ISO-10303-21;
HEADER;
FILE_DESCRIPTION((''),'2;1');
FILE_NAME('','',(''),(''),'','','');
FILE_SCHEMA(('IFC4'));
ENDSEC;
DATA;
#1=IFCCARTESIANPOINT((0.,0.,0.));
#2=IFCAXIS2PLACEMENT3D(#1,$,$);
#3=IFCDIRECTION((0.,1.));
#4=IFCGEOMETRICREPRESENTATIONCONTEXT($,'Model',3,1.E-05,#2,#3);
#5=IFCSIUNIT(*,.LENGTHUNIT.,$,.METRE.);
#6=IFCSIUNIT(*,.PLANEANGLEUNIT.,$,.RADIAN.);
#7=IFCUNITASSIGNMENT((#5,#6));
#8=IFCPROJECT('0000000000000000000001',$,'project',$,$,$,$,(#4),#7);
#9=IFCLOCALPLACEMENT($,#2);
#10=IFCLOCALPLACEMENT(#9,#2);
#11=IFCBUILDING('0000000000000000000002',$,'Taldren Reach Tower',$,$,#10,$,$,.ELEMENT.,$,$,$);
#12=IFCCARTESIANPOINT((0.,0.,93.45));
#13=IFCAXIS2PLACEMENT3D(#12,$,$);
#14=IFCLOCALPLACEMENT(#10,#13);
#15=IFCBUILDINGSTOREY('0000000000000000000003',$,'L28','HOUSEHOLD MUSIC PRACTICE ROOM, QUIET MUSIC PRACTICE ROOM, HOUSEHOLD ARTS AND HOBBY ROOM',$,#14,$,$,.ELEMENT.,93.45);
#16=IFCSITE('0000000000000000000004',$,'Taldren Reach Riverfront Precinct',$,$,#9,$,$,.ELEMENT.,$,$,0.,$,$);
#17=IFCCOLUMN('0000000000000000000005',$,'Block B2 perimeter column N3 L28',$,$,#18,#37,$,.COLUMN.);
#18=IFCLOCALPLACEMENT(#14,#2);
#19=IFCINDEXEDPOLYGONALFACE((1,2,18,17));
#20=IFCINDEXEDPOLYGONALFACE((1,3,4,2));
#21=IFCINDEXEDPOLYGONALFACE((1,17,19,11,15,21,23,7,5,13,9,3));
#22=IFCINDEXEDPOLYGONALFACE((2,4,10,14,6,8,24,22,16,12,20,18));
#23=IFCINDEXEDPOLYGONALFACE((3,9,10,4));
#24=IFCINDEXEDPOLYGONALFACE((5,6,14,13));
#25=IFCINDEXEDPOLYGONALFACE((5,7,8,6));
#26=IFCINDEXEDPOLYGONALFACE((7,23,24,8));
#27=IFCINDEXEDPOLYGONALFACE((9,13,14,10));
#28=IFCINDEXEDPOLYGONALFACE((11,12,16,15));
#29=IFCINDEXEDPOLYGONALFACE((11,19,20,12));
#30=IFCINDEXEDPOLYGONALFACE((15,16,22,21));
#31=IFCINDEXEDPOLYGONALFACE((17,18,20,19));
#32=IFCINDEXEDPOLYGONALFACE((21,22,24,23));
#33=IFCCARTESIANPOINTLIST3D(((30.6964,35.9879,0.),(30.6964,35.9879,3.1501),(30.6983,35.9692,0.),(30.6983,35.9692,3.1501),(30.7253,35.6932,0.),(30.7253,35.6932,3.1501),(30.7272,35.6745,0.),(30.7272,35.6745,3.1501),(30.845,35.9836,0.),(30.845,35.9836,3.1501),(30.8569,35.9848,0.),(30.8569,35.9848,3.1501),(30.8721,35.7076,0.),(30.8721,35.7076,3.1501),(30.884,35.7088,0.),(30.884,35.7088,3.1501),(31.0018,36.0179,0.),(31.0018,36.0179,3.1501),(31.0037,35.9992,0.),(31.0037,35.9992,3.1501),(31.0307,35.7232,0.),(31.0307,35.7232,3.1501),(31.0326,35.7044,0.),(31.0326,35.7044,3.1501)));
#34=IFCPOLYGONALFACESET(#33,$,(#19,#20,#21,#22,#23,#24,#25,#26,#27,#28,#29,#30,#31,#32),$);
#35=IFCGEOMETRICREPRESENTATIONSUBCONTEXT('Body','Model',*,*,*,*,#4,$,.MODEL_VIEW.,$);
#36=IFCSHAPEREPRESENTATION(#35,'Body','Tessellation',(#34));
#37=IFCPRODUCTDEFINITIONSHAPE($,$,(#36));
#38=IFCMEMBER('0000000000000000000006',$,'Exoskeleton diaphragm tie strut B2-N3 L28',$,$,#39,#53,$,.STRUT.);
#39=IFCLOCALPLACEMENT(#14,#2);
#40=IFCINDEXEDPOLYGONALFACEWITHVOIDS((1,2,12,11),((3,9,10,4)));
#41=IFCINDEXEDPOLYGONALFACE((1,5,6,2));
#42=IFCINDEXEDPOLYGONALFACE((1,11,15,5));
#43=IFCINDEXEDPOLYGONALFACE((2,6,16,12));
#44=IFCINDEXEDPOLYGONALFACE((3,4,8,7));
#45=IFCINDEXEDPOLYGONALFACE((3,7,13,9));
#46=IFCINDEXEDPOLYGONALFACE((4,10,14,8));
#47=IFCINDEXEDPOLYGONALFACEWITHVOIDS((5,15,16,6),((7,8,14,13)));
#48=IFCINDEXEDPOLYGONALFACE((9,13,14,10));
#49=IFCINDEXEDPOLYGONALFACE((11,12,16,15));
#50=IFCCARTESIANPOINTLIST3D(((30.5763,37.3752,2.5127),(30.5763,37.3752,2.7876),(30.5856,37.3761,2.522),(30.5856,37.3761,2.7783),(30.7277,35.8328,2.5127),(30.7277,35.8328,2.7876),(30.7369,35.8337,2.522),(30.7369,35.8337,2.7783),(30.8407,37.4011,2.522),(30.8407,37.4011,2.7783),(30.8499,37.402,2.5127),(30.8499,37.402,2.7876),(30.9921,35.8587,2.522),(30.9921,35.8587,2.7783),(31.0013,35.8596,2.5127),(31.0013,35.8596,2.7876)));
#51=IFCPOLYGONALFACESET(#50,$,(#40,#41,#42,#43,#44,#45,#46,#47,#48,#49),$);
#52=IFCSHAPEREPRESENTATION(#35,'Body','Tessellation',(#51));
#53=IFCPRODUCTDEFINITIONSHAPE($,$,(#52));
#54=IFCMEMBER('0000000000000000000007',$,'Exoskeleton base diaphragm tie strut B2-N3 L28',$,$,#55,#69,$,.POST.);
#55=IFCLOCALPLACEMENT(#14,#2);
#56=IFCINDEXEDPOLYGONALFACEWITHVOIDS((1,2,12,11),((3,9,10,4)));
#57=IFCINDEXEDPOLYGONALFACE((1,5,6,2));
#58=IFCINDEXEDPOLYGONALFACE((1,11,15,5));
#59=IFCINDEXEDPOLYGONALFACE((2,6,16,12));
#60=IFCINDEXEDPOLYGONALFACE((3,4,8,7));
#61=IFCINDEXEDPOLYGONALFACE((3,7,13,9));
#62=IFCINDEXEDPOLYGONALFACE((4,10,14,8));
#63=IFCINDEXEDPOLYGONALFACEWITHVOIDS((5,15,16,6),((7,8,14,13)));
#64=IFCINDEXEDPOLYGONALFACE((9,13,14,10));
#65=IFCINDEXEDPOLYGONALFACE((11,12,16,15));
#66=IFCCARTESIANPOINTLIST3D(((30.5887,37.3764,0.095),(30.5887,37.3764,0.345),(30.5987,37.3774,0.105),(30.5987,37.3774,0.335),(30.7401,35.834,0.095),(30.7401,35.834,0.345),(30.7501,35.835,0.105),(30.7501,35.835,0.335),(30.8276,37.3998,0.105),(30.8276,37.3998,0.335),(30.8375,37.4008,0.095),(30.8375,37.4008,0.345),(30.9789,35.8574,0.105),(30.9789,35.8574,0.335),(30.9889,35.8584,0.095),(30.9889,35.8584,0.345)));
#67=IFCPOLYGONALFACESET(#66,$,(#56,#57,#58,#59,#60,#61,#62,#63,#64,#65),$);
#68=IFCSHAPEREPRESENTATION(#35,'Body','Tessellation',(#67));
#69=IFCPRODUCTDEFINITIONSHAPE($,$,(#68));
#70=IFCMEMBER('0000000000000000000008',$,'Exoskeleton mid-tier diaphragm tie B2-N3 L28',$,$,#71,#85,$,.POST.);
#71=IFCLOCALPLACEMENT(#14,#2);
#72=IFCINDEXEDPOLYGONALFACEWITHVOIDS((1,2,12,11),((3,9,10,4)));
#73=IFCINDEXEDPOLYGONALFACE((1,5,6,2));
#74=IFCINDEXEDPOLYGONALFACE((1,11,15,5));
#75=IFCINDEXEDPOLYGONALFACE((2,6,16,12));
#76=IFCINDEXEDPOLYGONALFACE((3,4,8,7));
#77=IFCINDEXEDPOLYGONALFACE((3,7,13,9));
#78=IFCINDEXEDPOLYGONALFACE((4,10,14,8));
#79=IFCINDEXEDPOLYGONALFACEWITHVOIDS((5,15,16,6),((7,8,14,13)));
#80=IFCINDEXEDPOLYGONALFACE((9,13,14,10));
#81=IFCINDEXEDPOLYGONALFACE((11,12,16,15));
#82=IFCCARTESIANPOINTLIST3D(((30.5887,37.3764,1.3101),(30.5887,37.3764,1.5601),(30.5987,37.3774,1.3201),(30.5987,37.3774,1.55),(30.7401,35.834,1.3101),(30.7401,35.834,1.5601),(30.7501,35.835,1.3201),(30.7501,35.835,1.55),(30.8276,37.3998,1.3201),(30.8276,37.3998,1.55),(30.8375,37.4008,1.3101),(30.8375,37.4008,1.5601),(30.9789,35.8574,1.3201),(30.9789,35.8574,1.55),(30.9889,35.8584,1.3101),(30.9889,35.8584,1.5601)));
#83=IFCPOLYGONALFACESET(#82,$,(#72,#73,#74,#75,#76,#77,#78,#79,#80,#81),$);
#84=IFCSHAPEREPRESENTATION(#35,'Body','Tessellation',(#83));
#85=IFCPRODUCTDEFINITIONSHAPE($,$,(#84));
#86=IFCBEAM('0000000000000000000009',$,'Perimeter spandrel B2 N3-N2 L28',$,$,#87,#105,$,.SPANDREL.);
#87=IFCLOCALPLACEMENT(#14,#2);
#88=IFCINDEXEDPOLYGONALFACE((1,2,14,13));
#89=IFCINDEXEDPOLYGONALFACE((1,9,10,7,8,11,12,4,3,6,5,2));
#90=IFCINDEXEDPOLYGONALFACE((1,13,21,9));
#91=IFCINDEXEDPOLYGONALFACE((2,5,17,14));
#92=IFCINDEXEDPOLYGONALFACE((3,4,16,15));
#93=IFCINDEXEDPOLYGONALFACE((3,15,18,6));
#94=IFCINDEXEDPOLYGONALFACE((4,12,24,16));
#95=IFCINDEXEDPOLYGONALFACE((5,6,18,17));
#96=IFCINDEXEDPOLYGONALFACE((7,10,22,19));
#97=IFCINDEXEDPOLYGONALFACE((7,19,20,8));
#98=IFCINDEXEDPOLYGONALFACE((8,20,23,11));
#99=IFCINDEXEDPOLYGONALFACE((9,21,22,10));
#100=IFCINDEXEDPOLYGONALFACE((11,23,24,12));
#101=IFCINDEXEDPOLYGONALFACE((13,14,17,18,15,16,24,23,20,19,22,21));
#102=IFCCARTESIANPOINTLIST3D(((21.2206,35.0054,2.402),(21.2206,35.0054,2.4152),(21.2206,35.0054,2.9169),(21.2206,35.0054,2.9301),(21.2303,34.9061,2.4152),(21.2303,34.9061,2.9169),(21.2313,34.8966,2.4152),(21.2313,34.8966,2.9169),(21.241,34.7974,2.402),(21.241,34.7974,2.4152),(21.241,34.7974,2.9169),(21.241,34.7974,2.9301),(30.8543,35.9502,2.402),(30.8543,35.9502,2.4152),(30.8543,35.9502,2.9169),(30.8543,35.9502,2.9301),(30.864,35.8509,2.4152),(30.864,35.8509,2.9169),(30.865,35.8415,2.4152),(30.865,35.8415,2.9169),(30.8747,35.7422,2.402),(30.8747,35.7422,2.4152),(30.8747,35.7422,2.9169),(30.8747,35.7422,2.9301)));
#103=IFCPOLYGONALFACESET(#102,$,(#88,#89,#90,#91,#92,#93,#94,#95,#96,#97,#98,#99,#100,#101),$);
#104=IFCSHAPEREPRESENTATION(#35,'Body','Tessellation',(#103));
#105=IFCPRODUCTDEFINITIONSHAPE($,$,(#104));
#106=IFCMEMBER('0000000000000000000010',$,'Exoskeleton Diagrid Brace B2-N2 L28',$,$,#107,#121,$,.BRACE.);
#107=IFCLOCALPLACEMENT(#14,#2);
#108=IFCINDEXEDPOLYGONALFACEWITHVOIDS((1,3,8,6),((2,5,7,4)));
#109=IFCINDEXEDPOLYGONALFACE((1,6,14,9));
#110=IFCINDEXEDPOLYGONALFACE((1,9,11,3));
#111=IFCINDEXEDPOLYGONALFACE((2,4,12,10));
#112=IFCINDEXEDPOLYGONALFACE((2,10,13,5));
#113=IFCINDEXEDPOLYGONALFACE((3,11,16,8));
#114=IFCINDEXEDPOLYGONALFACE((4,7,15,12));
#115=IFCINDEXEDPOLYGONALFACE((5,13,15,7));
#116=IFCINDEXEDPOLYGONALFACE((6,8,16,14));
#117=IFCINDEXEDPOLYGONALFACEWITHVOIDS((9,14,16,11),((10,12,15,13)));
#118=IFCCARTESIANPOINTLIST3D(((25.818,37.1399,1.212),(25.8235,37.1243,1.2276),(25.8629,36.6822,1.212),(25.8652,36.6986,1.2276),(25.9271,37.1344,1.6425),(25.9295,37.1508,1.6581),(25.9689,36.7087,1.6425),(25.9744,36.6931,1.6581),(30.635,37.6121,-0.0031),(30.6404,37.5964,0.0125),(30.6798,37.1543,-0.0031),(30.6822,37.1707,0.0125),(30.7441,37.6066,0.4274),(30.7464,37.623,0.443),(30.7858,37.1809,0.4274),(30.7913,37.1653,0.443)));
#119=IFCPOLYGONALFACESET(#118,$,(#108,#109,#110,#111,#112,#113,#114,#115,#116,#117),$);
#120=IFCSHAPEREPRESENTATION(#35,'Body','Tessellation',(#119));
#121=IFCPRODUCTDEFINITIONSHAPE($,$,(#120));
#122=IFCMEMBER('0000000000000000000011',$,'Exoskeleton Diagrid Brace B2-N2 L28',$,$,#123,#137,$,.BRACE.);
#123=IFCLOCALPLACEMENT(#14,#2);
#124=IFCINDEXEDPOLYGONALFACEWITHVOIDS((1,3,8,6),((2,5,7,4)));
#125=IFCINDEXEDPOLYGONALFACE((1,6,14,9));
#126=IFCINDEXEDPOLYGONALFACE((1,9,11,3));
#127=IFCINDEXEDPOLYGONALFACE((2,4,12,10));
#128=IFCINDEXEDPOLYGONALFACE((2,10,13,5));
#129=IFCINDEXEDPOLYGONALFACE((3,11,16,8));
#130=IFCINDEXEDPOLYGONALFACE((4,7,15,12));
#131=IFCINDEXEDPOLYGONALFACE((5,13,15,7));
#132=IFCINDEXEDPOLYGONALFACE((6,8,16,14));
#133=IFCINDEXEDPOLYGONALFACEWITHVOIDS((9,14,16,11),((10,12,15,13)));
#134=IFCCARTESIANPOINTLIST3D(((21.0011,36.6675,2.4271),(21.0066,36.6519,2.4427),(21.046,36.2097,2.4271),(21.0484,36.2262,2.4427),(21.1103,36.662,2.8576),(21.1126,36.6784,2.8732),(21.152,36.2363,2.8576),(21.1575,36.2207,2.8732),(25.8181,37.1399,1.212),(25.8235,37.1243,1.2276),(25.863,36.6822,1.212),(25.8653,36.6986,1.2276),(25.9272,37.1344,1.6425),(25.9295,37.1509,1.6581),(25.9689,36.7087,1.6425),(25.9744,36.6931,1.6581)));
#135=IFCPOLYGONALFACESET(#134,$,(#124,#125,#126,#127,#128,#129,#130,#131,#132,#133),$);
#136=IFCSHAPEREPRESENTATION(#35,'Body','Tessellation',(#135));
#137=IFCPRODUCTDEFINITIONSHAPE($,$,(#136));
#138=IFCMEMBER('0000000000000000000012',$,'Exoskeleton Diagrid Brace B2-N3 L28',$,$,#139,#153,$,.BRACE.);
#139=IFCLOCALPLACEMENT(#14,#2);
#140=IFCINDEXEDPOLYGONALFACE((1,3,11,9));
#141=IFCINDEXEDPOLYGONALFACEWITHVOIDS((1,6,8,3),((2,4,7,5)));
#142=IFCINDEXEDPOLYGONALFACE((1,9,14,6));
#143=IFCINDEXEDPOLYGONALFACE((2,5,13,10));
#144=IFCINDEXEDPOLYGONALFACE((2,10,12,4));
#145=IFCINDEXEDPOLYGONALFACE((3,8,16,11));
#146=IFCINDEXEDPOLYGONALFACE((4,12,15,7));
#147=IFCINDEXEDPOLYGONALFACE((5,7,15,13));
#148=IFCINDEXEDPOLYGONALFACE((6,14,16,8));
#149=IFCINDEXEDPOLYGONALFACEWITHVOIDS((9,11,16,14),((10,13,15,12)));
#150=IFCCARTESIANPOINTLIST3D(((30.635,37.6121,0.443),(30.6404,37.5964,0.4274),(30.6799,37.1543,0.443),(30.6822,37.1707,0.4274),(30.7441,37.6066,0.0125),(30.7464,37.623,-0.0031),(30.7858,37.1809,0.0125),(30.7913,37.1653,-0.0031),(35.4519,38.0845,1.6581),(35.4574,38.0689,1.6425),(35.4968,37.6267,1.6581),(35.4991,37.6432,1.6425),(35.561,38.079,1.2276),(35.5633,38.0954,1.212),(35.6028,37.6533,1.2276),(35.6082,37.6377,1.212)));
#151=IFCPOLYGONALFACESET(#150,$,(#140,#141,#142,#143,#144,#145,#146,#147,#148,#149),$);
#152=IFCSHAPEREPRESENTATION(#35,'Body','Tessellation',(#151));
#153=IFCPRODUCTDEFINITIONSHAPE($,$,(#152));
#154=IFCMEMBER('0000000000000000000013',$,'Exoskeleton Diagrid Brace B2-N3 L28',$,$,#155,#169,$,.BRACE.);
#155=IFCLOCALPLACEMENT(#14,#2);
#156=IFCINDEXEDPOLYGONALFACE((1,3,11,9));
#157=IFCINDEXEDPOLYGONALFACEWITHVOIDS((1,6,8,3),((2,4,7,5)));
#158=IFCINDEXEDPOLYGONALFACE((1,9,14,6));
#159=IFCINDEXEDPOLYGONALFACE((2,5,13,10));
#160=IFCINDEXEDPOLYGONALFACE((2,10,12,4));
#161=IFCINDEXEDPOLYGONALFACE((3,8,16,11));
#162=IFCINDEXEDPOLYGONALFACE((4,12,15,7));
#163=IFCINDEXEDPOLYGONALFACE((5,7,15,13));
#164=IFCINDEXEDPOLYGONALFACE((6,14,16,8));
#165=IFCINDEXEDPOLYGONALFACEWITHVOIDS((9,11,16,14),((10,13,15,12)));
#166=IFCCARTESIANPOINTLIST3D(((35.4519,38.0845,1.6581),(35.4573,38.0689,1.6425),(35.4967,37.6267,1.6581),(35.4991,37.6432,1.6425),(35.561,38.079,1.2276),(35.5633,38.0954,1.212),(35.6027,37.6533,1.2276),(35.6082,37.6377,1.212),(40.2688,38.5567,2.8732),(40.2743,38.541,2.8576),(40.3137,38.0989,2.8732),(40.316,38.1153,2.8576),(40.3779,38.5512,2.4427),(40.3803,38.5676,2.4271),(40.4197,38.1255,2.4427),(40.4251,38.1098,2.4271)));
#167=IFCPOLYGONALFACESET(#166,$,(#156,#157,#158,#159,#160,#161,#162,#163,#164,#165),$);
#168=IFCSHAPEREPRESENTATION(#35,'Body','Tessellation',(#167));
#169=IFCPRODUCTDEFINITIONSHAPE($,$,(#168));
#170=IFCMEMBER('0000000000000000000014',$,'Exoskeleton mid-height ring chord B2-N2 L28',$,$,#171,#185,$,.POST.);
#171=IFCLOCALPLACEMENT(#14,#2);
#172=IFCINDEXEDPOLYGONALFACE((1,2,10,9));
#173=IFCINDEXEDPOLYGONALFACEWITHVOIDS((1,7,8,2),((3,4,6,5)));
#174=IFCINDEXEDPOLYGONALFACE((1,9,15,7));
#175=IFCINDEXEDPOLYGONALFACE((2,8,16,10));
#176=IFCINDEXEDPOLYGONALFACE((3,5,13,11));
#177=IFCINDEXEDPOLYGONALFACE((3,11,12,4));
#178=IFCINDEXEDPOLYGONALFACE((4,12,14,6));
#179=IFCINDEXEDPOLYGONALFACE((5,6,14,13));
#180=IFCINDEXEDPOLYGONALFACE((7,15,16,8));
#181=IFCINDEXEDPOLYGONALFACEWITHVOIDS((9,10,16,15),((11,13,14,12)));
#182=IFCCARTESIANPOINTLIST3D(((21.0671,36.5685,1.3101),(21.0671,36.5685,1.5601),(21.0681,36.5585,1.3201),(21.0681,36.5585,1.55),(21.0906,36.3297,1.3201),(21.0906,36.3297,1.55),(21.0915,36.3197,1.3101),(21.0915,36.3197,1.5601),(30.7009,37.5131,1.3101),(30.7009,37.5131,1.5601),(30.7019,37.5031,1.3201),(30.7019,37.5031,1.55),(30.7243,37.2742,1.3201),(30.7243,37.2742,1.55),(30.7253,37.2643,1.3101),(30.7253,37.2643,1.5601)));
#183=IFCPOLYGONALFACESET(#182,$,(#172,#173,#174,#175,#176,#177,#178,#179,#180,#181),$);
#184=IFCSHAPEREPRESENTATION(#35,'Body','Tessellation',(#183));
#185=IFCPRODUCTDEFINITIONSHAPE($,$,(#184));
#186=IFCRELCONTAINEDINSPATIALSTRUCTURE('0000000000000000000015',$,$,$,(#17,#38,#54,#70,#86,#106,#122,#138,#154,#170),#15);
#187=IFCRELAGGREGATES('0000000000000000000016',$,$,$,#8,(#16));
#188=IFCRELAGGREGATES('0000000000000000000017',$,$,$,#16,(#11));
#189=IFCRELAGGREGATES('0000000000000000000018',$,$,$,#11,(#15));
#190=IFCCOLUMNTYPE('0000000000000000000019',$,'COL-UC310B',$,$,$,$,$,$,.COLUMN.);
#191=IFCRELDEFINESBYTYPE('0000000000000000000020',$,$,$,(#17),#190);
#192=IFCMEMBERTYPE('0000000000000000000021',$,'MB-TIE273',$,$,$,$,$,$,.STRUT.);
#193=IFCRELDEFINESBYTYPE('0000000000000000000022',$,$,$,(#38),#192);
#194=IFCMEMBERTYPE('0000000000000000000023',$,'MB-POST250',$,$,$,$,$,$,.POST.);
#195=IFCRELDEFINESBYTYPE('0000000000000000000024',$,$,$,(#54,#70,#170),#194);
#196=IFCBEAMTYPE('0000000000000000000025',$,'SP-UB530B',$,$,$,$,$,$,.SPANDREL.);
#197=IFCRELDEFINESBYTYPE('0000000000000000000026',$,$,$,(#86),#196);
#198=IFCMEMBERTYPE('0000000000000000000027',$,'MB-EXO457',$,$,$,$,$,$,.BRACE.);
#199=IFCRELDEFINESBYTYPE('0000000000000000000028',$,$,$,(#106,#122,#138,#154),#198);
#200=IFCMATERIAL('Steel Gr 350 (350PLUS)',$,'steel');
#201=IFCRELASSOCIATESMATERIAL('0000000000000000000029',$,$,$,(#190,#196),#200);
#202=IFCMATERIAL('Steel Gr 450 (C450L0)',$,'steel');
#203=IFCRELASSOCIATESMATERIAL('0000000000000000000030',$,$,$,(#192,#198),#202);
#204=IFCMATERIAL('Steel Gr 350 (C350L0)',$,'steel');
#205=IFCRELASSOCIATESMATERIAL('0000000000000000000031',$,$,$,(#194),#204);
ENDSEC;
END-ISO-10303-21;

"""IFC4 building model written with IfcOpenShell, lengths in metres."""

from ifc_helpers import new_model, si_unit, direction, frame, origin, origin_2d, place, context, subcontext, project, spatial, hollow_rectangle, i_section, extrude, source, transform, mapped, material, material_profile, profile_set, type_object, element, save


model = new_model("IFC4")

# Units and contexts
model_context = context("Model", 3, precision=1e-05, world=origin(), true_north=direction((0.0, 1.0)))
body_context = subcontext(model_context, "Body", "Model", "MODEL_VIEW")
ifc_project = project(units=[si_unit("LENGTHUNIT", "METRE"), si_unit("PLANEANGLEUNIT", "RADIAN")], contexts=[model_context])

# Site, building, storey
site_placement = place(None, origin())
site = spatial("IfcSite", under=ifc_project, at=site_placement, Name="Taldren Reach Riverfront Precinct", CompositionType="ELEMENT", RefElevation=0.0)
building_placement = place(site_placement, origin())
building = spatial("IfcBuilding", under=site, at=building_placement, Name="Taldren Reach Tower", CompositionType="ELEMENT")
storey_placement = place(building_placement, frame((0.0, 0.0, 93.45)))
storey = spatial("IfcBuildingStorey", under=building, at=storey_placement, Name="L28", Description="HOUSEHOLD MUSIC PRACTICE ROOM, QUIET MUSIC PRACTICE ROOM, HOUSEHOLD ARTS AND HOBBY ROOM", CompositionType="ELEMENT", Elevation=93.45)

# Column
ifc_material_1 = material(Name="Steel Gr 350 (350PLUS)", Category="steel")
ifc_material_profile_1 = material_profile(ifc_material_1, i_section(OverallWidth=0.3069, OverallDepth=0.3149, WebThickness=0.012, FlangeThickness=0.0188, at=origin_2d()), Name="310UC118")
ifc_profile_set_1 = profile_set([ifc_material_profile_1], Name="Steel Gr 350 (350PLUS)")
column_type = type_object("IfcColumnType", Name="COL-UC310B", PredefinedType="COLUMN", material=ifc_profile_set_1)
shared_shape_1 = source(origin(), body_context, "Body", "SweptSolid", [
    extrude(i_section(OverallWidth=0.3069, OverallDepth=0.3149, WebThickness=0.012, FlangeThickness=0.0188, at=origin_2d()), origin(), (0.0, 0.0, 1.0), 3.1501),
])
column_placement = place(storey_placement, frame((30.8645, 35.8462, 0.0), z_axis=(0.0, 0.0, 1.0), x_axis=(0.995227, 0.097583, 0.0)))
element("IfcColumn", 1, at=column_placement, inside=storey, type_object=column_type, Name="Block B2 perimeter column N3 L28", PredefinedType="COLUMN", context=body_context, shape_type="MappedRepresentation", body=[
    mapped(shared_shape_1, transform((0.0, 0.0, 0.0), scale=1.0)),
])

# Members
ifc_material_2 = material(Name="Steel Gr 450 (C450L0)", Category="steel")
ifc_material_profile_2 = material_profile(ifc_material_2, hollow_rectangle(XDim=0.2749, YDim=0.2749, WallThickness=0.0093, at=origin_2d()), Name="275x275x9.3SHS")
ifc_profile_set_2 = profile_set([ifc_material_profile_2], Name="Steel Gr 450 (C450L0)")
member_type_1 = type_object("IfcMemberType", Name="MB-TIE273", PredefinedType="STRUT", material=ifc_profile_set_2)
shared_shape_2 = source(origin(), body_context, "Body", "SweptSolid", [
    extrude(hollow_rectangle(XDim=0.2749, YDim=0.2749, WallThickness=0.0093, at=origin_2d()), origin(), (0.0, 0.0, 1.0), 1.5498),
])
member_1_placement = place(storey_placement, frame((30.8645, 35.8462, 2.6501), z_axis=(-0.097663, 0.99522, 0.0), x_axis=(-0.99522, -0.097663, 0.0)))
element("IfcMember", 2, at=member_1_placement, inside=storey, type_object=member_type_1, Name="Exoskeleton diaphragm tie strut B2-N3 L28", PredefinedType="STRUT", context=body_context, shape_type="MappedRepresentation", body=[
    mapped(shared_shape_2, transform((0.0, 0.0, 0.0), scale=1.0)),
])
ifc_material_3 = material(Name="Steel Gr 350 (C350L0)", Category="steel")
ifc_material_profile_3 = material_profile(ifc_material_3, hollow_rectangle(XDim=0.25, YDim=0.25, WallThickness=0.01, at=origin_2d()), Name="250x250x10.0SHS")
ifc_profile_set_3 = profile_set([ifc_material_profile_3], Name="Steel Gr 350 (C350L0)")
member_type_2 = type_object("IfcMemberType", Name="MB-POST250", PredefinedType="POST", material=ifc_profile_set_3)
shared_shape_3 = source(origin(), body_context, "Body", "SweptSolid", [
    extrude(hollow_rectangle(XDim=0.25, YDim=0.25, WallThickness=0.01, at=origin_2d()), origin(), (0.0, 0.0, 1.0), 1.5498),
])
for number, where, z_axis, x_axis, name in (
    (3, (30.8645, 35.8462, 0.22), (-0.097663, 0.99522, 0.0), (-0.99522, -0.097663, 0.0), "Exoskeleton base diaphragm tie strut B2-N3 L28"),
    (4, (30.8645, 35.8462, 1.4351), (-0.097663, 0.99522, 0.0), (-0.99522, -0.097663, 0.0), "Exoskeleton mid-tier diaphragm tie B2-N3 L28"),
):
    element("IfcMember", number, at=place(storey_placement, frame(where, z_axis=z_axis, x_axis=x_axis)), inside=storey, type_object=member_type_2, Name=name, PredefinedType="POST", context=body_context, shape_type="MappedRepresentation", body=[
        mapped(shared_shape_3, transform((0.0, 0.0, 0.0), scale=1.0)),
    ])

# Beam
ifc_material_profile_4 = material_profile(ifc_material_1, i_section(OverallWidth=0.209, OverallDepth=0.5281, WebThickness=0.0095, FlangeThickness=0.0132, at=origin_2d()), Name="530UB82.0")
ifc_profile_set_4 = profile_set([ifc_material_profile_4], Name="Steel Gr 350 (350PLUS)")
beam_type = type_object("IfcBeamType", Name="SP-UB530B", PredefinedType="SPANDREL", material=ifc_profile_set_4)
shared_shape_4 = source(origin(), body_context, "Body", "SweptSolid", [
    extrude(i_section(OverallWidth=0.209, OverallDepth=0.5281, WebThickness=0.0095, FlangeThickness=0.0132, at=origin_2d()), origin(), (0.0, 0.0, 1.0), 9.6799),
])
beam_placement = place(storey_placement, frame((30.8645, 35.8462, 2.666), z_axis=(-0.995225, -0.097606, 0.0), x_axis=(0.097606, -0.995225, 0.0)))
element("IfcBeam", 5, at=beam_placement, inside=storey, type_object=beam_type, Name="Perimeter spandrel B2 N3-N2 L28", PredefinedType="SPANDREL", context=body_context, shape_type="MappedRepresentation", body=[
    mapped(shared_shape_4, transform((0.0, 0.0, 0.0), scale=1.0)),
])

# Members
ifc_material_profile_5 = material_profile(ifc_material_2, hollow_rectangle(XDim=0.46, YDim=0.46, WallThickness=0.0161, at=origin_2d()), Name="460x460x16.0SHS")
ifc_profile_set_5 = profile_set([ifc_material_profile_5], Name="Steel Gr 450 (C450L0)")
member_type_3 = type_object("IfcMemberType", Name="MB-EXO457", PredefinedType="BRACE", material=ifc_profile_set_5)
shared_shape_5 = source(origin(), body_context, "Body", "SweptSolid", [
    extrude(hollow_rectangle(XDim=0.46, YDim=0.46, WallThickness=0.0161, at=origin_2d()), origin(), (0.0, 0.0, 1.0), 4.9902),
])
for number, where, z_axis, x_axis, name in (
    (6, (30.7131, 37.3887, 0.22), (-0.965276, -0.09462, 0.243496), (0.097556, -0.99523, 0.0), "Exoskeleton Diagrid Brace B2-N2 L28"),
    (7, (25.8962, 36.9165, 1.4351), (-0.965271, -0.094668, 0.243495), (0.097606, -0.995225, 0.0), "Exoskeleton Diagrid Brace B2-N2 L28"),
    (8, (30.7131, 37.3887, 0.22), (0.965271, 0.094668, 0.243495), (-0.097606, 0.995225, 0.0), "Exoskeleton Diagrid Brace B2-N3 L28"),
    (9, (35.53, 37.8611, 1.4351), (0.965276, 0.09462, 0.243496), (-0.097556, 0.99523, 0.0), "Exoskeleton Diagrid Brace B2-N3 L28"),
):
    element("IfcMember", number, at=place(storey_placement, frame(where, z_axis=z_axis, x_axis=x_axis)), inside=storey, type_object=member_type_3, Name=name, PredefinedType="BRACE", context=body_context, shape_type="MappedRepresentation", body=[
        mapped(shared_shape_5, transform((0.0, 0.0, 0.0), scale=1.0)),
    ])
shared_shape_6 = source(origin(), body_context, "Body", "SweptSolid", [
    extrude(hollow_rectangle(XDim=0.25, YDim=0.25, WallThickness=0.01, at=origin_2d()), origin(), (0.0, 0.0, 1.0), 9.6799),
])
for number, where, z_axis, x_axis, name in (
    (10, (21.0793, 36.4441, 1.4351), (0.995228, 0.097581, 0.0), (-0.097581, 0.995228, 0.0), "Exoskeleton mid-height ring chord B2-N2 L28"),
):
    element("IfcMember", number, at=place(storey_placement, frame(where, z_axis=z_axis, x_axis=x_axis)), inside=storey, type_object=member_type_2, Name=name, PredefinedType="POST", context=body_context, shape_type="MappedRepresentation", body=[
        mapped(shared_shape_6, transform((0.0, 0.0, 0.0), scale=1.0)),
    ])

save(model, "model.ifc")
